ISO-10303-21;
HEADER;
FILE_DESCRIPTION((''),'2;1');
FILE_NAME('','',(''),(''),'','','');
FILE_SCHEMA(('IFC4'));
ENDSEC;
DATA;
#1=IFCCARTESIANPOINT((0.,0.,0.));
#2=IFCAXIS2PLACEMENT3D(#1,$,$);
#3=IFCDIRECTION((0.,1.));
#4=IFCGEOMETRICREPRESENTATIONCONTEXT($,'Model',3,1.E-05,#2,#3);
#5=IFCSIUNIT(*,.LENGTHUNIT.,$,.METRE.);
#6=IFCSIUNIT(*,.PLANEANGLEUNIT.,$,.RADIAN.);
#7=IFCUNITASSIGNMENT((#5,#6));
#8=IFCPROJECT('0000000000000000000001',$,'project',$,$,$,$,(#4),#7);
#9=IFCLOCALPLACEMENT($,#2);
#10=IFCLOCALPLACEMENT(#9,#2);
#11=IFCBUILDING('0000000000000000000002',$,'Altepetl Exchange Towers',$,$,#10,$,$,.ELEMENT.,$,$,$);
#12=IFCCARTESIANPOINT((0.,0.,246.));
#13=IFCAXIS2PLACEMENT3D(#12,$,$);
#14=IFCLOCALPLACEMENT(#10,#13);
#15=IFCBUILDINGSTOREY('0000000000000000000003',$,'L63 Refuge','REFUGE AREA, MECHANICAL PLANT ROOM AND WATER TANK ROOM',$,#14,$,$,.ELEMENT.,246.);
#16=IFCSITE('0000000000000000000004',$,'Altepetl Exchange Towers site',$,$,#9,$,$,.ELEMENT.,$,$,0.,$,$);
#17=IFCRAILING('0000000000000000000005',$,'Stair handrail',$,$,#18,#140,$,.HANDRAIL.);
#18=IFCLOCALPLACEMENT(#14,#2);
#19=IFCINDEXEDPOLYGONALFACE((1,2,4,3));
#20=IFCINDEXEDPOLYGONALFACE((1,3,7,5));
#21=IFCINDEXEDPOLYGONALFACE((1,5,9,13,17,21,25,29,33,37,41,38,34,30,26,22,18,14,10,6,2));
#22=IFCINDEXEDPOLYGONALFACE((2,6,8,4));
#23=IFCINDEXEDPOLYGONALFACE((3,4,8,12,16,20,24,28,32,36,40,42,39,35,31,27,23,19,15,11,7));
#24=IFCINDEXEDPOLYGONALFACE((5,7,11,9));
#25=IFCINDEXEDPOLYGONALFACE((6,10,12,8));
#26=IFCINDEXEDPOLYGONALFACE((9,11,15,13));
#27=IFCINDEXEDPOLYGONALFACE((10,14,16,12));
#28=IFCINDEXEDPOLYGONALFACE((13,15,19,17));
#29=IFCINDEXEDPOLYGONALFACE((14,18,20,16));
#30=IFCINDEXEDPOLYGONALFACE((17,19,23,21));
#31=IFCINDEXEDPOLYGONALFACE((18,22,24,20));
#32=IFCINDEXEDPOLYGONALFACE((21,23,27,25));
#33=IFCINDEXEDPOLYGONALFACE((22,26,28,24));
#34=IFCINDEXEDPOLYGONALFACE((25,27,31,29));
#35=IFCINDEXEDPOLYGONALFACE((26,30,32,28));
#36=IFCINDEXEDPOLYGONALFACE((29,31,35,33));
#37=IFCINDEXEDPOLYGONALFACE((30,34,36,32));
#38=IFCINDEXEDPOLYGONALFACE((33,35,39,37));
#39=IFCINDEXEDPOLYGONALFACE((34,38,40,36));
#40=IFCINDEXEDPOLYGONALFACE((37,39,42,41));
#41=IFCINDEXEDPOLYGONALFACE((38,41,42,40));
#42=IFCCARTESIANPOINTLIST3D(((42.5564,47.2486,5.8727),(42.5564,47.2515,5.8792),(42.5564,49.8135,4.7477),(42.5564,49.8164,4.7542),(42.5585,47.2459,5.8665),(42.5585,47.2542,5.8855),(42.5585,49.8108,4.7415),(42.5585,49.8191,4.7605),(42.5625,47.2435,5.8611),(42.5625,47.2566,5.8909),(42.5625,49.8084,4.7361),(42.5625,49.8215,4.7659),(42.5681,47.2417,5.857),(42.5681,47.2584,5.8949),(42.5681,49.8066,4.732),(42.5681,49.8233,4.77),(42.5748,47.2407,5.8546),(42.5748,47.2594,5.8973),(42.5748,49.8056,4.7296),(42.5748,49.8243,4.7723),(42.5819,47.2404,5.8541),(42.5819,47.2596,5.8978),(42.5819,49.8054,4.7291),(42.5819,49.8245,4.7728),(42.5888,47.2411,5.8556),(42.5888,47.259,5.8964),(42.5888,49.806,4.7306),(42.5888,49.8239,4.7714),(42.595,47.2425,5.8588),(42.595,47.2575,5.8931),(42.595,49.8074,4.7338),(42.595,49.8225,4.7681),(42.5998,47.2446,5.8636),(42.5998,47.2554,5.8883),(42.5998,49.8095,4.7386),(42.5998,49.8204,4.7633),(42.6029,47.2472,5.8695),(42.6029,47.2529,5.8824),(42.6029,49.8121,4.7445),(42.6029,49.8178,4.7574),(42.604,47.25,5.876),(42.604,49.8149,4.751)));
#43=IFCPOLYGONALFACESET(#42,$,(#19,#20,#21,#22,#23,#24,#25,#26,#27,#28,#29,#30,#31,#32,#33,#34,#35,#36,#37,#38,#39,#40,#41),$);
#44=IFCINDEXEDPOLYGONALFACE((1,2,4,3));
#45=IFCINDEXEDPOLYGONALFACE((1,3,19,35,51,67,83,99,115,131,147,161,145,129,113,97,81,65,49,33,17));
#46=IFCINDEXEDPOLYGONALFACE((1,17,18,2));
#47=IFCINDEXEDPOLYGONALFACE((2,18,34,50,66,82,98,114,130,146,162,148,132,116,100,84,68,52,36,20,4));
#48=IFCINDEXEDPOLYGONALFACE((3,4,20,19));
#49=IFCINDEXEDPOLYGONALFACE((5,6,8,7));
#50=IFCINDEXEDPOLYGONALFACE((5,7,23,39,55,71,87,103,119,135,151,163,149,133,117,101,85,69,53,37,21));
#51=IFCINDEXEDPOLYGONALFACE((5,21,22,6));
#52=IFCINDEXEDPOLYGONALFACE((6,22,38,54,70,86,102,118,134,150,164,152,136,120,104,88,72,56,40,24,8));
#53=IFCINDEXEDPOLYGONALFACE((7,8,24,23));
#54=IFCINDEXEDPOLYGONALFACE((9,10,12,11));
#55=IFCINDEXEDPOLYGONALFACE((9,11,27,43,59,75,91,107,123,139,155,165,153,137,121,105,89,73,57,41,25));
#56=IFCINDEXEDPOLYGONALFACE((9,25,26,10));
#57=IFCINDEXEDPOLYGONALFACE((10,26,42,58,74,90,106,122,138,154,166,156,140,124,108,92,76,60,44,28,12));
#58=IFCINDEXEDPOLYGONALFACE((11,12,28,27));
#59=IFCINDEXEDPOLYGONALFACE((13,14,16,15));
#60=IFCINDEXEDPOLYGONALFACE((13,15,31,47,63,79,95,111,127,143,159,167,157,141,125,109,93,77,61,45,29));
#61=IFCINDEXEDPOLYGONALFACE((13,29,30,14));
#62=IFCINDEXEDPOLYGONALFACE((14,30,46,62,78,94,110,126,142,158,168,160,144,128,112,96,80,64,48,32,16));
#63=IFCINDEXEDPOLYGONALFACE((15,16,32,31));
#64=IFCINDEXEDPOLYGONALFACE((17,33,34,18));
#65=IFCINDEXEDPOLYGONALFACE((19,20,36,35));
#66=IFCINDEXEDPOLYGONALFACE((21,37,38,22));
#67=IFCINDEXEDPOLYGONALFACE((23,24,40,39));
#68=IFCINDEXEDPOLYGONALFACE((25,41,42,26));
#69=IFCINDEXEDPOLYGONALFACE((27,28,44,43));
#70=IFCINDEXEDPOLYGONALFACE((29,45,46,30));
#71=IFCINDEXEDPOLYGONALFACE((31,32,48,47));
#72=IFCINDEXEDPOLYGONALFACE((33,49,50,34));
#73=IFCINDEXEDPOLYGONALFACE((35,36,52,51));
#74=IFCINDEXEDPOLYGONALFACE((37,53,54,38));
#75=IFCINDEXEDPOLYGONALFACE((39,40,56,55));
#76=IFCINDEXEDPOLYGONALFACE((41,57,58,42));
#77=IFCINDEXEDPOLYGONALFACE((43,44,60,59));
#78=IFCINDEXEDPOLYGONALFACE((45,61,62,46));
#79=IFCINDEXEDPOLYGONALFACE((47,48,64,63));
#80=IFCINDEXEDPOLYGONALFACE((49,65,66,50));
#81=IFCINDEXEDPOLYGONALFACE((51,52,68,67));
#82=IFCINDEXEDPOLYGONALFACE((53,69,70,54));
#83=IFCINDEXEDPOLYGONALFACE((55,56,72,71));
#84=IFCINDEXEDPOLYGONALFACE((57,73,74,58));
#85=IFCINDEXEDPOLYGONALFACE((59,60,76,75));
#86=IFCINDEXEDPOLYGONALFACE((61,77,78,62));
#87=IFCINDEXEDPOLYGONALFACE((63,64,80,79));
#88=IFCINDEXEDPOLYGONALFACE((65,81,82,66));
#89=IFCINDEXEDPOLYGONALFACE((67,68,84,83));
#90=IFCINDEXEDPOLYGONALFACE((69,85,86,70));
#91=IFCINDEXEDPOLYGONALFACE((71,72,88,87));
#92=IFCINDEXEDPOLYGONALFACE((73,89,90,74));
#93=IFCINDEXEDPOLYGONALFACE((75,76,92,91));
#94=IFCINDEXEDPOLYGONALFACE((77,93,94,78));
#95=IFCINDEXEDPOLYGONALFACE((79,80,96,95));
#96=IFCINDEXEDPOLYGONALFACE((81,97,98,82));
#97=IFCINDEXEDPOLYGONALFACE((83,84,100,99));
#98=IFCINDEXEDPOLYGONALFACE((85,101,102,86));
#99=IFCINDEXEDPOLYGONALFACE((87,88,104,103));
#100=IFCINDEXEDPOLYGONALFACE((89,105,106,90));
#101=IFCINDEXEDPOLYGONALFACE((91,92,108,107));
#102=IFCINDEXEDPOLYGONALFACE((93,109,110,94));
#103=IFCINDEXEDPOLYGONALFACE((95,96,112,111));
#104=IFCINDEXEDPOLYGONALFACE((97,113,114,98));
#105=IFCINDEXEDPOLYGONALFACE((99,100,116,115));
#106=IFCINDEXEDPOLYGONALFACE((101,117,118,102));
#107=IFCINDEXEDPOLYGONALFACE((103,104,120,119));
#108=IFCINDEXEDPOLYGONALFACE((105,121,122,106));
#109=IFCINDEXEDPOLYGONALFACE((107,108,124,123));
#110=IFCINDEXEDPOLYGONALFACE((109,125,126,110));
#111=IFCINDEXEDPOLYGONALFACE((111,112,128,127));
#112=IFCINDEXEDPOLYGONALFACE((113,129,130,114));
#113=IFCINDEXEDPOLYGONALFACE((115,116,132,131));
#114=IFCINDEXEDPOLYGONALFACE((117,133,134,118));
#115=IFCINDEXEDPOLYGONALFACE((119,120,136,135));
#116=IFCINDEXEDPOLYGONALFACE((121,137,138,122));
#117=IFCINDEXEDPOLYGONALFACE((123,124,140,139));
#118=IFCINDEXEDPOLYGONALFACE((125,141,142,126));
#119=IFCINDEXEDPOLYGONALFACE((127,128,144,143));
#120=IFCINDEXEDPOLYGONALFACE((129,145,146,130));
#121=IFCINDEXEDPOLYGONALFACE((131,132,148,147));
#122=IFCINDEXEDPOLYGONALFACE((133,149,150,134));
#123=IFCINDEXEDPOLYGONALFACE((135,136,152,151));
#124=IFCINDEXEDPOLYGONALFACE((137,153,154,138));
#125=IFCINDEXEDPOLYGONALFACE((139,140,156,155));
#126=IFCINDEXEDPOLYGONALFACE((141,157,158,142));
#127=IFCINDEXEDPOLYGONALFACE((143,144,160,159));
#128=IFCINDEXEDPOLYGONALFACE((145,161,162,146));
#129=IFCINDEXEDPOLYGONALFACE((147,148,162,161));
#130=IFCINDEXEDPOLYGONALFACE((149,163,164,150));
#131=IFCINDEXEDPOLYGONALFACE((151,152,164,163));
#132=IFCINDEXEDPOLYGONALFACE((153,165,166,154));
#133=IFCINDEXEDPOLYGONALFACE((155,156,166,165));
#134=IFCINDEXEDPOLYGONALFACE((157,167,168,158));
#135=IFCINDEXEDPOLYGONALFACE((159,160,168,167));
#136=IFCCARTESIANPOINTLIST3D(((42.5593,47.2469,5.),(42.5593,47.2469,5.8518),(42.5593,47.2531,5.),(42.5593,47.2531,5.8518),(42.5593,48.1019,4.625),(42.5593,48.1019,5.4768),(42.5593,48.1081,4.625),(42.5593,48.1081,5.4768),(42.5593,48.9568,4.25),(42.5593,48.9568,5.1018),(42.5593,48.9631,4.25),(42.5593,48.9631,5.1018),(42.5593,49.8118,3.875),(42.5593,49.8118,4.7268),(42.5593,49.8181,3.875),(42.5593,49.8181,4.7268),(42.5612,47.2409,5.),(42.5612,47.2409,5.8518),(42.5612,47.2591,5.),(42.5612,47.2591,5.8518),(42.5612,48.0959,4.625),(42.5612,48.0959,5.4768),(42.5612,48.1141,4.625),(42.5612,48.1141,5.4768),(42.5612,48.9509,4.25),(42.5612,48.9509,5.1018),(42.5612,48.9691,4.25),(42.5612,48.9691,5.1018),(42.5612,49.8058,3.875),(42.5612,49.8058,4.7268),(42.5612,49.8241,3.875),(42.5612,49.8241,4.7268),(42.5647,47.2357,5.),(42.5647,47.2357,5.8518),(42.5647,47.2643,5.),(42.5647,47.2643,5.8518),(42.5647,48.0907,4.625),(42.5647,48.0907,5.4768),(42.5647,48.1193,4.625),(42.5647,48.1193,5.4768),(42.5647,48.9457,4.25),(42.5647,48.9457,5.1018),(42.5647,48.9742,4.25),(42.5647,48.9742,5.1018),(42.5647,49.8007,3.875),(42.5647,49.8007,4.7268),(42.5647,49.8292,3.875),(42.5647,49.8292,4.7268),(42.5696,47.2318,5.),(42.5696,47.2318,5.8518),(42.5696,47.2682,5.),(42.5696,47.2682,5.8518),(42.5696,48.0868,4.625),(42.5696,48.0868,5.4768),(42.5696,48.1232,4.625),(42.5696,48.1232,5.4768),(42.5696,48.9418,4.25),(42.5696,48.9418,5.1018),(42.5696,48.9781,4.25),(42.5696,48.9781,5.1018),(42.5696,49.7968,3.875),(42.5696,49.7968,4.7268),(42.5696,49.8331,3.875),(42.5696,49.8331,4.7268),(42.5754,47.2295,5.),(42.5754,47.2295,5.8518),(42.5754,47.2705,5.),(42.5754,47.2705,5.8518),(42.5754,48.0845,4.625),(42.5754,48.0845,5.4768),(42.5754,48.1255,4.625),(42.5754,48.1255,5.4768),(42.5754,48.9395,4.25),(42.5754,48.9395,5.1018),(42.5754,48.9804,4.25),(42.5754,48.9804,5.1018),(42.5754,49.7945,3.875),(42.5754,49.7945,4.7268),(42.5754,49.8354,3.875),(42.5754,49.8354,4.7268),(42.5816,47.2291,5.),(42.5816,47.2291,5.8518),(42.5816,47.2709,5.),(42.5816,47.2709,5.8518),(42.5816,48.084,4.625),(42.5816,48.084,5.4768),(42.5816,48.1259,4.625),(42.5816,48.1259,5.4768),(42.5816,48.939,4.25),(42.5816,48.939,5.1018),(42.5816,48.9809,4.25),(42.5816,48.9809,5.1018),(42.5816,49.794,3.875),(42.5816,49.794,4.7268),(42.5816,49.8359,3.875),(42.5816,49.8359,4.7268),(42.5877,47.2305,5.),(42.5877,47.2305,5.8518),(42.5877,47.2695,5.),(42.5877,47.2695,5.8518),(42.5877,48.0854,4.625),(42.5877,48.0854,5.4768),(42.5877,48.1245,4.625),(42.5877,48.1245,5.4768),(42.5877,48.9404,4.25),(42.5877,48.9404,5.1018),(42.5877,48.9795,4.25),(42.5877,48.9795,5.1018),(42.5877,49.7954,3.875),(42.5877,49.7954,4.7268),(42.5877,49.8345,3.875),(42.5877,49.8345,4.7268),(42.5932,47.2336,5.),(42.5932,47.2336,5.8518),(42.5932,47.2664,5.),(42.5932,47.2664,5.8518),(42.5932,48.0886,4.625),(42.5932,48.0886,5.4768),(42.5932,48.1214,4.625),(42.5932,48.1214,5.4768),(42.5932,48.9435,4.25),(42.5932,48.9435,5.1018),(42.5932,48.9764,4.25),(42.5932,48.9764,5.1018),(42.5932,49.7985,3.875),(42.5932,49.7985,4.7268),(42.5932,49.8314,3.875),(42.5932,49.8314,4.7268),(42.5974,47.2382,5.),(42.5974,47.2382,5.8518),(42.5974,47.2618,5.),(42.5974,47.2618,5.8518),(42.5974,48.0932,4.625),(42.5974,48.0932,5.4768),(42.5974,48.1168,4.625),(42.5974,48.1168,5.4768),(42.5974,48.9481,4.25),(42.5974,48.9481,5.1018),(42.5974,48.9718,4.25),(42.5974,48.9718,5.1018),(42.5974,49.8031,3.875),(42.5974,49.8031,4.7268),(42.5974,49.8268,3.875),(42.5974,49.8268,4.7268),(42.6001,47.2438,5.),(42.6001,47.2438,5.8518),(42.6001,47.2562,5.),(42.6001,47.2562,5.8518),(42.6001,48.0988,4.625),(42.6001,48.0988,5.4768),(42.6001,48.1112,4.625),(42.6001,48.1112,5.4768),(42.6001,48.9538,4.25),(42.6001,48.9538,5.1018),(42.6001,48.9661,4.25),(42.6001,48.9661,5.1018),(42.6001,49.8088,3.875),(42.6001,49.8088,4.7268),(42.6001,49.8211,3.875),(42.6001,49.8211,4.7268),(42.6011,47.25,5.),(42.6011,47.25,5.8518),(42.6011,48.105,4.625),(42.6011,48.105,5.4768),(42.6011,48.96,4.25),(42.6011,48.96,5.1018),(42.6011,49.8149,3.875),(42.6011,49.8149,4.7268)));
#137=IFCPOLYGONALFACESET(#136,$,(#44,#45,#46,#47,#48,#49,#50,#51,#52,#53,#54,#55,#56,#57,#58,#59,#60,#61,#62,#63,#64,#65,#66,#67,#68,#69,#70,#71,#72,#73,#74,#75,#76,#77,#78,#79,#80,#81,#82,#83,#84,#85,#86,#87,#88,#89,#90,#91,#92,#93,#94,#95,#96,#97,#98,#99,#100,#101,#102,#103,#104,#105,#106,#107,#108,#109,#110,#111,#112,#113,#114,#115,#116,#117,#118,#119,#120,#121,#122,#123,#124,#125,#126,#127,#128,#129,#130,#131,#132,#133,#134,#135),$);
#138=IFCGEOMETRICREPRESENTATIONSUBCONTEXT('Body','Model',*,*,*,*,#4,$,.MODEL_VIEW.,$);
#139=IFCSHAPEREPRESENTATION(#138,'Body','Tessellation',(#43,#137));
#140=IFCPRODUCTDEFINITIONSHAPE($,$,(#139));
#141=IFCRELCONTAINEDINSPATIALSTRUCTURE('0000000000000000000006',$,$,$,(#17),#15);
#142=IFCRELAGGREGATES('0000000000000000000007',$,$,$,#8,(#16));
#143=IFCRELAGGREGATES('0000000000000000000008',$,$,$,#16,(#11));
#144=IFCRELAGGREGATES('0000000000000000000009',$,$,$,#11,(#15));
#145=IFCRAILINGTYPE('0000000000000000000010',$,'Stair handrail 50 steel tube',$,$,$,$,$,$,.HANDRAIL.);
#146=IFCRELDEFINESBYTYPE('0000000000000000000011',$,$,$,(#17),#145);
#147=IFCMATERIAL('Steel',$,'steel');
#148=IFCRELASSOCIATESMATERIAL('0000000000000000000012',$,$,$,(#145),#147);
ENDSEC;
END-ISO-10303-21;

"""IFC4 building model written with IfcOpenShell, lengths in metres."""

from ifc_helpers import new_model, si_unit, direction, frame, origin, origin_2d, place, context, subcontext, project, spatial, circle, extrude, source, transform, mapped, material, type_object, element, save


model = new_model("IFC4")

# Units and contexts
model_context = context("Model", 3, precision=1e-05, world=origin(), true_north=direction((0.0, 1.0)))
body_context = subcontext(model_context, "Body", "Model", "MODEL_VIEW")
ifc_project = project(units=[si_unit("LENGTHUNIT", "METRE"), si_unit("PLANEANGLEUNIT", "RADIAN")], contexts=[model_context])

# Site, building, storey
site_placement = place(None, origin())
site = spatial("IfcSite", under=ifc_project, at=site_placement, Name="Altepetl Exchange Towers site", CompositionType="ELEMENT", RefElevation=0.0)
building_placement = place(site_placement, origin())
building = spatial("IfcBuilding", under=site, at=building_placement, Name="Altepetl Exchange Towers", CompositionType="ELEMENT")
storey_placement = place(building_placement, frame((0.0, 0.0, 246.0)))
storey = spatial("IfcBuildingStorey", under=building, at=storey_placement, Name="L63 Refuge", Description="REFUGE AREA, MECHANICAL PLANT ROOM AND WATER TANK ROOM", CompositionType="ELEMENT", Elevation=246.0)

# Railing
ifc_material_1 = material(Name="Steel", Category="steel")
railing_type = type_object("IfcRailingType", Name="Stair handrail 50 steel tube", PredefinedType="HANDRAIL", material=ifc_material_1)
shared_shape = source(origin(), body_context, "Body", "SweptSolid", [
    extrude(circle(Radius=0.021, at=origin_2d()), origin(), (0.0, 0.0, 1.0), 0.8518),
])
railing_1_placement = place(storey_placement, frame((42.5801, 49.8149, 3.875)))
element("IfcRailing", 1, at=railing_1_placement, inside=storey, type_object=railing_type, Name="Stair handrail", PredefinedType="HANDRAIL", context=body_context, shape_type="SweptSolid", body=[
    extrude(circle(Radius=0.0239, at=origin_2d()), frame((0.0, 0.0, 0.876), z_axis=(0.0, -0.915785, 0.401669), x_axis=(1.0, 0.0, 0.0)), (0.0, 0.0, 1.0), 2.8008),
    mapped(shared_shape, transform((0.0, 0.0, 0.0))),
    mapped(shared_shape, transform((0.0, -0.855, 0.375))),
    mapped(shared_shape, transform((0.0, -1.71, 0.75))),
    mapped(shared_shape, transform((0.0, -2.5649, 1.125))),
])

save(model, "model.ifc")
